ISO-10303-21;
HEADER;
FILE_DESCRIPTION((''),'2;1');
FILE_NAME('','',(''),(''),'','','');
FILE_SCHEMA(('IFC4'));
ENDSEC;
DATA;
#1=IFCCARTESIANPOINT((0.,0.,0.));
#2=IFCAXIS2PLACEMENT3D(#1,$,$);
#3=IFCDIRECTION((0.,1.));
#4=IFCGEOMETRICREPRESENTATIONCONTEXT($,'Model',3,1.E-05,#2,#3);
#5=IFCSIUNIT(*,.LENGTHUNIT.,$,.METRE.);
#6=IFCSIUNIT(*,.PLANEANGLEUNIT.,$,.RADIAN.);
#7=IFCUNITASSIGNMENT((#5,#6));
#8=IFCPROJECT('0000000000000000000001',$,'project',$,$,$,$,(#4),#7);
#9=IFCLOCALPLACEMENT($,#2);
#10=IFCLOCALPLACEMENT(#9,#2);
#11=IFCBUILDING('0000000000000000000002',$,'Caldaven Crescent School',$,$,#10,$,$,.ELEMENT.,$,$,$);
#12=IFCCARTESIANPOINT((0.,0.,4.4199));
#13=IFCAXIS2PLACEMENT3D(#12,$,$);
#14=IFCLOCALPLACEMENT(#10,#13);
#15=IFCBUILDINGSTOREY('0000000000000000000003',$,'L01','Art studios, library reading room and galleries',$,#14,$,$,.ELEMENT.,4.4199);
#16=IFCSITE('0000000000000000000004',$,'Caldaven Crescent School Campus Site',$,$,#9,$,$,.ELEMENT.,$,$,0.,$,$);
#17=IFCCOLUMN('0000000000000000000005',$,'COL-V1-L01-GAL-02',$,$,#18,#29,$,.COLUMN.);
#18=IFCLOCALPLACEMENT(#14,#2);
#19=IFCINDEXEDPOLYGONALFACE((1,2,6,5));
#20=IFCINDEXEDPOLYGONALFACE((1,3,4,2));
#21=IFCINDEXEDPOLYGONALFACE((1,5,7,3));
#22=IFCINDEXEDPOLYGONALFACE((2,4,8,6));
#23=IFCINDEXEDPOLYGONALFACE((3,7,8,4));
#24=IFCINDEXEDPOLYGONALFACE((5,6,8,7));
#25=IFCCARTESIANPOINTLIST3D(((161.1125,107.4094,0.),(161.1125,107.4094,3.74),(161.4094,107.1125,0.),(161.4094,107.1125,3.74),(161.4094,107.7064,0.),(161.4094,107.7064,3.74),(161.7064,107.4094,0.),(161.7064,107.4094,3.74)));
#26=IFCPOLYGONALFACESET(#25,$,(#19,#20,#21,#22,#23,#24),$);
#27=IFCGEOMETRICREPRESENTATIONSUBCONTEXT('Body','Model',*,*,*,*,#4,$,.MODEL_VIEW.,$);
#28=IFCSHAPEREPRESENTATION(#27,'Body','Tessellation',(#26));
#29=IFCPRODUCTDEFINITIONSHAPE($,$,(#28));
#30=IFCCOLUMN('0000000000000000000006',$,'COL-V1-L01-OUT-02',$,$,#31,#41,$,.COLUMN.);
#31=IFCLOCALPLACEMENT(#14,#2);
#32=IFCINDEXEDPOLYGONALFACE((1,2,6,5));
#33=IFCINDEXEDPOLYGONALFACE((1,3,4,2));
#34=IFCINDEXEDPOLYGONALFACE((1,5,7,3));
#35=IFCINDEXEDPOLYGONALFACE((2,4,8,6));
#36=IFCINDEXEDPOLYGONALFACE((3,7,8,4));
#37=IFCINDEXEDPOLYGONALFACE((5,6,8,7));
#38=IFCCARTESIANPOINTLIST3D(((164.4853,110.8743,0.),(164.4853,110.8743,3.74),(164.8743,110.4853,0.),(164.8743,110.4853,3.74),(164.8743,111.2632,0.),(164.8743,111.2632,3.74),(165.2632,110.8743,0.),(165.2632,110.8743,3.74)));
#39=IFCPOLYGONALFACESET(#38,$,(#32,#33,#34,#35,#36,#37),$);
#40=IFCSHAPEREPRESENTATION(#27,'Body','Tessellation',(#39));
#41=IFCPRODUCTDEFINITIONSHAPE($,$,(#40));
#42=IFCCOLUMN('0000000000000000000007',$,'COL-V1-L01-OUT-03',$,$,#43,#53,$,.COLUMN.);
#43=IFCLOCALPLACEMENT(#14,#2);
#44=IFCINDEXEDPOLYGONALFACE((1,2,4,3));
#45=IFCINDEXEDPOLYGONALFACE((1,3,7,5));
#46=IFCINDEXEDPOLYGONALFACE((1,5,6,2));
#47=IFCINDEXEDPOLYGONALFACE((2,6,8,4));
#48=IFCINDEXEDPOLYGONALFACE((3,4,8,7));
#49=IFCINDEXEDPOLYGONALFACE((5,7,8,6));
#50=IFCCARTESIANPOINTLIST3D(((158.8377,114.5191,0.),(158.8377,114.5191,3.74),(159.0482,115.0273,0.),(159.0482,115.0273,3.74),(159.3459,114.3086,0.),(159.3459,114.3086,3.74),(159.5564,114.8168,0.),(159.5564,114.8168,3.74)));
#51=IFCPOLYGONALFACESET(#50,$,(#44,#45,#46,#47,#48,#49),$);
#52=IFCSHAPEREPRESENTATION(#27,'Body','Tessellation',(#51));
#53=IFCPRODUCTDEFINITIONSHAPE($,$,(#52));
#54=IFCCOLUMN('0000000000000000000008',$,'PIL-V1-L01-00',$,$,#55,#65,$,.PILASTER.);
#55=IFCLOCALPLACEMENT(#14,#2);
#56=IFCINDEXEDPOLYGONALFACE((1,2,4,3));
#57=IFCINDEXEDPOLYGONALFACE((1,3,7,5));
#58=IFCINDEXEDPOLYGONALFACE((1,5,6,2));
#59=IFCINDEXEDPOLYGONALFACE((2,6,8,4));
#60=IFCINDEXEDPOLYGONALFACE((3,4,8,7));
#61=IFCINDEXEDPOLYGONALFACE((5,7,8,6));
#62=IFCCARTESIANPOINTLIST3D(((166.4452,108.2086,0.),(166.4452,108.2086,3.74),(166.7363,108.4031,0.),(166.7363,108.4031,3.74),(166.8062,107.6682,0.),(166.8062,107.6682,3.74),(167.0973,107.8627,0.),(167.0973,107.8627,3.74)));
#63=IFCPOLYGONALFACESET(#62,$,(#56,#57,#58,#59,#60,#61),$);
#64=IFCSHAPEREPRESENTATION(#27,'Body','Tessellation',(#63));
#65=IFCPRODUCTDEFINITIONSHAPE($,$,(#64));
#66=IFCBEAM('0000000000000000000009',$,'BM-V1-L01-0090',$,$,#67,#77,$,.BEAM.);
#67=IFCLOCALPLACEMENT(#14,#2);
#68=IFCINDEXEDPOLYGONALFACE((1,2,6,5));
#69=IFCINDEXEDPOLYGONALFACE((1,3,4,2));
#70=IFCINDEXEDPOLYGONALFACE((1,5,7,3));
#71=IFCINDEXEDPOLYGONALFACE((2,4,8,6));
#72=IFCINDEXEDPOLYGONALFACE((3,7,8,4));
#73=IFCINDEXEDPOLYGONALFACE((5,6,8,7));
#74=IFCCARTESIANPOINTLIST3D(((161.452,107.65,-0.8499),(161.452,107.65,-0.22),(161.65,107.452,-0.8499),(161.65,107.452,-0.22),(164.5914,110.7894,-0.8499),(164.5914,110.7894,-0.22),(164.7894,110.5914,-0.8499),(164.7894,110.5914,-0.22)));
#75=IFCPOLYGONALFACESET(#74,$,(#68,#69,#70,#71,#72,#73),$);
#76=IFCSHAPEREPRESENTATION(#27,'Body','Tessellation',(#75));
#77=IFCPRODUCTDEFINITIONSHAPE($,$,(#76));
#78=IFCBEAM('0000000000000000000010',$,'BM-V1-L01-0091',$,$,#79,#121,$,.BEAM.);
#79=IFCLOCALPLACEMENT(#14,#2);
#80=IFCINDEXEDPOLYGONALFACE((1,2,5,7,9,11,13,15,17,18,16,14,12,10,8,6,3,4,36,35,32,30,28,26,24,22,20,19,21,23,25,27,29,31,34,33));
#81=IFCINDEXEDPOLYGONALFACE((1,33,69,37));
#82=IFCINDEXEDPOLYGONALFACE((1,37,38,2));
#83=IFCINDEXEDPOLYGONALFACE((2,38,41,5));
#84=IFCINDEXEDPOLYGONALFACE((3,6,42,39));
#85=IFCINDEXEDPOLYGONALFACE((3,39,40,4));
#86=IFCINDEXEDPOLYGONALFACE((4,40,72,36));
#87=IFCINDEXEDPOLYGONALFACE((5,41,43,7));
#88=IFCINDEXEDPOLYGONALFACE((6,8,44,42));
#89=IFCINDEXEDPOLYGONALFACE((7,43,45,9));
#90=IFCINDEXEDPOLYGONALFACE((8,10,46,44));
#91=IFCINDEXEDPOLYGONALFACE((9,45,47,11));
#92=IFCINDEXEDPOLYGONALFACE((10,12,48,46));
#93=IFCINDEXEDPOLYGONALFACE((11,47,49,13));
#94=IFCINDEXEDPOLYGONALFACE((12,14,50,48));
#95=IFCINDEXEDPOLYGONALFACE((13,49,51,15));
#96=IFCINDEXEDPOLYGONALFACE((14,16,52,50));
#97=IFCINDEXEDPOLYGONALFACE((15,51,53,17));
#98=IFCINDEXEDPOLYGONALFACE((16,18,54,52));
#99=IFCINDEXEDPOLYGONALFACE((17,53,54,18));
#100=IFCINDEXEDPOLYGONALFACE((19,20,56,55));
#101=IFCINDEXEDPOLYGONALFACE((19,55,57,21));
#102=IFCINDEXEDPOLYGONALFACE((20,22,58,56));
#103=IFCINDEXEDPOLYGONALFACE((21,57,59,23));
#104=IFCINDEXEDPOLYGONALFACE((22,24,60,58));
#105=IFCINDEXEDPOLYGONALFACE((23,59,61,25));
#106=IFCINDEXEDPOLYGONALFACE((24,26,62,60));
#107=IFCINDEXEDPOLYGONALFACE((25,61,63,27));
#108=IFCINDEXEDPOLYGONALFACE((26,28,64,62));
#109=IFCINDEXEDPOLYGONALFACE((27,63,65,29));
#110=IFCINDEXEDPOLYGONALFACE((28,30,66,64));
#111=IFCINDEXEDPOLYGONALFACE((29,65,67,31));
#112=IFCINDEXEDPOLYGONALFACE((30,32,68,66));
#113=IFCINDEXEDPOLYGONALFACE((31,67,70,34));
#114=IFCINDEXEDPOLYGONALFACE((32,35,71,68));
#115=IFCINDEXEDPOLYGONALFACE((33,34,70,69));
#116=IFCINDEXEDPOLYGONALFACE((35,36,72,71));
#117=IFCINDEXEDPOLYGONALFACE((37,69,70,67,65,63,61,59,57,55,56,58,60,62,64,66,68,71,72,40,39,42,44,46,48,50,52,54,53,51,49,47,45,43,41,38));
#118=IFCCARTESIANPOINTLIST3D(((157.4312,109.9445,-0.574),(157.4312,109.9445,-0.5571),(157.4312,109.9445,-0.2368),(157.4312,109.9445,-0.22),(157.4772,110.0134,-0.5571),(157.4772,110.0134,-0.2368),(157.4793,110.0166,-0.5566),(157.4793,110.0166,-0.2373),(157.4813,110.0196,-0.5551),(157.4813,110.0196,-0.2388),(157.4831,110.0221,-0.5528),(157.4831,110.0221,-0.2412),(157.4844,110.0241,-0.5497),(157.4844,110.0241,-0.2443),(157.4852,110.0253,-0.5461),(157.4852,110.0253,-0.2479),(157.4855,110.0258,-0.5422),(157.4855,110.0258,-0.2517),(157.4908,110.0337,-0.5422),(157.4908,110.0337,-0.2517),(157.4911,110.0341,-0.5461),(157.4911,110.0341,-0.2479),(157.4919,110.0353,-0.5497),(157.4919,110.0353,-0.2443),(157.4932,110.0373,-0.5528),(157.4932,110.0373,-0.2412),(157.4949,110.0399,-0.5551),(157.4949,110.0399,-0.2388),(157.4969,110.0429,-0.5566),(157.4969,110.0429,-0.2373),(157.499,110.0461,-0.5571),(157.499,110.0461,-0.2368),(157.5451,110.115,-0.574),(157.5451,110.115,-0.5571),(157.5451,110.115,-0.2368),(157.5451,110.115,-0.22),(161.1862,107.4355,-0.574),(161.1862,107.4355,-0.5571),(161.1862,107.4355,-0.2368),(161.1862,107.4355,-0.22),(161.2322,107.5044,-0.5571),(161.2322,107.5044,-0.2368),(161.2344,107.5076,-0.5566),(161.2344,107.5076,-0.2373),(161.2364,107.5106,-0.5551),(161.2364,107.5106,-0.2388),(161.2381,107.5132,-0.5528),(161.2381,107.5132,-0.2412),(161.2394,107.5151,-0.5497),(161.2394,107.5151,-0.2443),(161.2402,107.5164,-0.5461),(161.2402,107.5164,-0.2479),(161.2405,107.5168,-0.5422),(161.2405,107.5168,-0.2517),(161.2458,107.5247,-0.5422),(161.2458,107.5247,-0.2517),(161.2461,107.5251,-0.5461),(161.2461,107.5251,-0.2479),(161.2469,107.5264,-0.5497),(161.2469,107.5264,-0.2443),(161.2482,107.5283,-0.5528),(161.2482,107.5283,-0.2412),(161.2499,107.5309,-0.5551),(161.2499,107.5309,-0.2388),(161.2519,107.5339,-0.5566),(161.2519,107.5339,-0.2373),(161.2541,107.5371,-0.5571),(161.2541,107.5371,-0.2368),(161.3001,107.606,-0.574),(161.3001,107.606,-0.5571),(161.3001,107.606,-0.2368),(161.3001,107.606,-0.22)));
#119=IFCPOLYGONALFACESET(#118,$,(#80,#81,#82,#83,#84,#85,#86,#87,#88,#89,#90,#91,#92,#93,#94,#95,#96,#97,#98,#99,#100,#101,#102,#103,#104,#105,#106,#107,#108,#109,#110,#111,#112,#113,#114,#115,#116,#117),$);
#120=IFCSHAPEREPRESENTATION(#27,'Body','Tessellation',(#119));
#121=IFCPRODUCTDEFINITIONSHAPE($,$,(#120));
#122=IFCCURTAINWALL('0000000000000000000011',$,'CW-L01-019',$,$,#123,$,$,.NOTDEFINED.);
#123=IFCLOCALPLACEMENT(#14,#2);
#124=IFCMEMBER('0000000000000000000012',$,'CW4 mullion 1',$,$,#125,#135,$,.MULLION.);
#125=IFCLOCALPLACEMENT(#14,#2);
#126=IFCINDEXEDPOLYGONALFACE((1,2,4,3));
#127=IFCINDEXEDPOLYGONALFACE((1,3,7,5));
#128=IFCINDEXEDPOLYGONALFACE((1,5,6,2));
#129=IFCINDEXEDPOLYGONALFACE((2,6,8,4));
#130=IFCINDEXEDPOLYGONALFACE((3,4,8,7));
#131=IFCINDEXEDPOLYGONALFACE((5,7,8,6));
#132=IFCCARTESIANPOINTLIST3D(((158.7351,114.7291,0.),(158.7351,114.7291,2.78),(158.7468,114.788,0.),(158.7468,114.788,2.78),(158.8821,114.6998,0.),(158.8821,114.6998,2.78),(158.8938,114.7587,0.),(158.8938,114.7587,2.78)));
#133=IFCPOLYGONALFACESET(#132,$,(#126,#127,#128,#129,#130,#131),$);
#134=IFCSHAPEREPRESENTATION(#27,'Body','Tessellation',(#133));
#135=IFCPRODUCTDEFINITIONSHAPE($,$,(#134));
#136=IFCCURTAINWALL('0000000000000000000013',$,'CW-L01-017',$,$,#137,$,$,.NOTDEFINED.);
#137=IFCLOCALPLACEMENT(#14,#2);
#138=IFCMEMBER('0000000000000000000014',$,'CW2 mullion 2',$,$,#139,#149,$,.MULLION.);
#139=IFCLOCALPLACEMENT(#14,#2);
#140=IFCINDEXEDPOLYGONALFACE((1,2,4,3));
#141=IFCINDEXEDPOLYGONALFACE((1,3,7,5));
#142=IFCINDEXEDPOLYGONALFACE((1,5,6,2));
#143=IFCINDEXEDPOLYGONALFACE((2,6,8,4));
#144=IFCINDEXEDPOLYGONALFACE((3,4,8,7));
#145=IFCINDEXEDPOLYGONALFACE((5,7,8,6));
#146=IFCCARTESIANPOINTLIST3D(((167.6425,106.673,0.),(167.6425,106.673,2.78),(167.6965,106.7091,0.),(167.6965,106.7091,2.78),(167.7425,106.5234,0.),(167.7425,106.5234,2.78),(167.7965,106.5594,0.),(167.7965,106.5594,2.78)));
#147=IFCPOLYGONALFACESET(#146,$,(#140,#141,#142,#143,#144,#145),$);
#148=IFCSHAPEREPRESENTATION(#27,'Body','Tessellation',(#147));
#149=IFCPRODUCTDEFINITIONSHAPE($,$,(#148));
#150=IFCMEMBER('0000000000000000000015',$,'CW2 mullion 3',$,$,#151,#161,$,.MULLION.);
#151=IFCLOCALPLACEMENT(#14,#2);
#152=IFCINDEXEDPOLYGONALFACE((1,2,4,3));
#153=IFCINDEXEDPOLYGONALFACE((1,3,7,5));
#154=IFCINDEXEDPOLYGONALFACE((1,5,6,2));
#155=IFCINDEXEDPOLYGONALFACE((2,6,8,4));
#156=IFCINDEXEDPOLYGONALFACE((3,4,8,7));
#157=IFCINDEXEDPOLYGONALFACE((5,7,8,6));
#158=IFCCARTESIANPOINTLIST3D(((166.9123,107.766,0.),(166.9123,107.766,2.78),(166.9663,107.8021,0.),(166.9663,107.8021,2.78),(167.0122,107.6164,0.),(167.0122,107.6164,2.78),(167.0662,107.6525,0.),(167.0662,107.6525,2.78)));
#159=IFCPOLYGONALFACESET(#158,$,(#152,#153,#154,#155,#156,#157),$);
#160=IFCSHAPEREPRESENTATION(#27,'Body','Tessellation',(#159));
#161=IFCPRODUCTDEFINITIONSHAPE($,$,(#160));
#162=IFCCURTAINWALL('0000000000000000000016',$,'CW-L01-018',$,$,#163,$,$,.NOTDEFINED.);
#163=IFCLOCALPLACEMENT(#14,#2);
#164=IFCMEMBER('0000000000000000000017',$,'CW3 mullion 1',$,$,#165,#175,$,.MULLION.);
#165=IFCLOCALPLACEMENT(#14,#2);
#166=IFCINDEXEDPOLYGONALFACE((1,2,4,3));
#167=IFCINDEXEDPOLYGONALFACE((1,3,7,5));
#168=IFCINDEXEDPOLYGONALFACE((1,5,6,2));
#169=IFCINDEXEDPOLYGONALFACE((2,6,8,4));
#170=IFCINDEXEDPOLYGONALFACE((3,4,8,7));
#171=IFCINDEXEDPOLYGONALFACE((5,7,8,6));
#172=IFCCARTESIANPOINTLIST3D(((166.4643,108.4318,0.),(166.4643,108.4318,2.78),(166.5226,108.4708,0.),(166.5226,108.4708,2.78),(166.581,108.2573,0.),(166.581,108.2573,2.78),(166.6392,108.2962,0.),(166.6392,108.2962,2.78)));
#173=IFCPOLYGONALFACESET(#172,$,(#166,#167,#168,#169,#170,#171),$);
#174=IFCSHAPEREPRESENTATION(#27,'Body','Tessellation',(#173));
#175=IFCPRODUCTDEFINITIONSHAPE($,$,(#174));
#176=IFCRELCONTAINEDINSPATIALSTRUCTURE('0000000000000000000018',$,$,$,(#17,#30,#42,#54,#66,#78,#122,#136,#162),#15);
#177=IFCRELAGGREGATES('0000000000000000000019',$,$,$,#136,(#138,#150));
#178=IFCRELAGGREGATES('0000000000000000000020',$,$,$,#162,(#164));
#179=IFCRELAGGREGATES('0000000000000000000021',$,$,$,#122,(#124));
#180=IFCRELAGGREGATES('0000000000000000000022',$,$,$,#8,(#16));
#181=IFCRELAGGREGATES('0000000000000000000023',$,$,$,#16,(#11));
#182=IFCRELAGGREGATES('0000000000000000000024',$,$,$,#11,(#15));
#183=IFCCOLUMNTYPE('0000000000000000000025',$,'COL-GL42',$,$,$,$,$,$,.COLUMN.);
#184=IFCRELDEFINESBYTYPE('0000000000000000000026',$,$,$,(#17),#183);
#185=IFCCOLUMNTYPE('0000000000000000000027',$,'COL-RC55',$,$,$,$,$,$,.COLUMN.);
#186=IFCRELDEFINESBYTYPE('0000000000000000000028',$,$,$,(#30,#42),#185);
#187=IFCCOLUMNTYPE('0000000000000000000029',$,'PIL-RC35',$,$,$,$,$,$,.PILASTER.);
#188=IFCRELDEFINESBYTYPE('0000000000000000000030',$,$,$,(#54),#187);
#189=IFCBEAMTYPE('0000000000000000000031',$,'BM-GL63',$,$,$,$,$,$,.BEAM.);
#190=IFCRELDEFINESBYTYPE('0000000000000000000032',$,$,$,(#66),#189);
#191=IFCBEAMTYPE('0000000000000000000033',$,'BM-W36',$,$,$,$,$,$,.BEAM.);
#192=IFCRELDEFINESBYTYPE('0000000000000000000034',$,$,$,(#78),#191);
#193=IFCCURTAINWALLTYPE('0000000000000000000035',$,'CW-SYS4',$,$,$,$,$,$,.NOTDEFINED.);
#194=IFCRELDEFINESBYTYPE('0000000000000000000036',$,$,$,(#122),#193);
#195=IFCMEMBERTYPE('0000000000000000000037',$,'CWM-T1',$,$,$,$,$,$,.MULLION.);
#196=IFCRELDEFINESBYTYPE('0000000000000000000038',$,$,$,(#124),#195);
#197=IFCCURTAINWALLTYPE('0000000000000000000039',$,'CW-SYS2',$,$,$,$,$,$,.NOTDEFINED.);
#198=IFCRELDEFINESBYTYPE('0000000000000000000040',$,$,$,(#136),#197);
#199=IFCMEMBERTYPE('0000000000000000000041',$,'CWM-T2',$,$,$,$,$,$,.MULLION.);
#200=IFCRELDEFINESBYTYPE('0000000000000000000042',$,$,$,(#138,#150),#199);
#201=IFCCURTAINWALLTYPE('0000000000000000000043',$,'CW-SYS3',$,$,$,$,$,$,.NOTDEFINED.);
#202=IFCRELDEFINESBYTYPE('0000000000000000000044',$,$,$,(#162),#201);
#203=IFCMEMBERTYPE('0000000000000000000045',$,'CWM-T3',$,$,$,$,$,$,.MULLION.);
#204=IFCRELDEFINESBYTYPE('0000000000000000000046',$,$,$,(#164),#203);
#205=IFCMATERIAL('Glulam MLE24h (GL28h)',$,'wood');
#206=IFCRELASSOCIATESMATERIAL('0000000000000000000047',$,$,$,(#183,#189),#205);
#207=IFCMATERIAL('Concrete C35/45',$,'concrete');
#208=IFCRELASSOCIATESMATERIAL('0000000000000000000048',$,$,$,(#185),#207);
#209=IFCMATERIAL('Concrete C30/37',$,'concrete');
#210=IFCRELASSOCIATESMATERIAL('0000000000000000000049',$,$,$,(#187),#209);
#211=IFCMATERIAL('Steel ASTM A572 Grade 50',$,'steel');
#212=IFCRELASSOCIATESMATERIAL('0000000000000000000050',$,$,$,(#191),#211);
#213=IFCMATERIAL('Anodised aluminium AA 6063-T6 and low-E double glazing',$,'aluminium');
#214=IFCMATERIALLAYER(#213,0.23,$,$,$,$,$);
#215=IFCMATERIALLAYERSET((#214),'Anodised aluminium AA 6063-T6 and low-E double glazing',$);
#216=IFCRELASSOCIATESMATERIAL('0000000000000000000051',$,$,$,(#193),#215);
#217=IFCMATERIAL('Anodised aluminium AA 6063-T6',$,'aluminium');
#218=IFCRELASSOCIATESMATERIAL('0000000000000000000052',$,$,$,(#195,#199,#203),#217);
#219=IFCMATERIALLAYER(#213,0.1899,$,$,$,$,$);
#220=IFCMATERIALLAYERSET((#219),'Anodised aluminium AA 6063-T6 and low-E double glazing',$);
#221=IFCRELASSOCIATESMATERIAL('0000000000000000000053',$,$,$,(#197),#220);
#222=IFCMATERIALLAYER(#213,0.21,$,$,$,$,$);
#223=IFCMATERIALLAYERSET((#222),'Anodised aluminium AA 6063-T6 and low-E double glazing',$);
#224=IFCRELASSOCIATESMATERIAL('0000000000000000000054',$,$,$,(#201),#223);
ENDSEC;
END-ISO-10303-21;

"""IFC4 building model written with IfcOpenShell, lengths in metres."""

from ifc_helpers import new_model, si_unit, direction, frame, origin, origin_2d, place, context, subcontext, project, spatial, rectangle, i_section, extrude, material, layer, layer_set, material_profile, profile_set, type_object, element, aggregate, save


model = new_model("IFC4")

# Units and contexts
model_context = context("Model", 3, precision=1e-05, world=origin(), true_north=direction((0.0, 1.0)))
body_context = subcontext(model_context, "Body", "Model", "MODEL_VIEW")
ifc_project = project(units=[si_unit("LENGTHUNIT", "METRE"), si_unit("PLANEANGLEUNIT", "RADIAN")], contexts=[model_context])

# Site, building, storey
site_placement = place(None, origin())
site = spatial("IfcSite", under=ifc_project, at=site_placement, Name="Caldaven Crescent School Campus Site", CompositionType="ELEMENT", RefElevation=0.0)
building_placement = place(site_placement, origin())
building = spatial("IfcBuilding", under=site, at=building_placement, Name="Caldaven Crescent School", CompositionType="ELEMENT")
storey_placement = place(building_placement, frame((0.0, 0.0, 4.4199)))
storey = spatial("IfcBuildingStorey", under=building, at=storey_placement, Name="L01", Description="Art studios, library reading room and galleries", CompositionType="ELEMENT", Elevation=4.4199)

# Columns
ifc_material_1 = material(Name="Glulam MLE24h (GL28h)", Category="wood")
ifc_material_profile_1 = material_profile(ifc_material_1, rectangle(XDim=0.4199, YDim=0.4199, at=origin_2d()), Name="MLE 420x420")
ifc_profile_set_1 = profile_set([ifc_material_profile_1], Name="Glulam MLE24h (GL28h)")
column_type_1 = type_object("IfcColumnType", Name="COL-GL42", PredefinedType="COLUMN", material=ifc_profile_set_1)
column_1_placement = place(storey_placement, frame((161.4094, 107.4094, 0.0), z_axis=(0.0, 0.0, 1.0), x_axis=(0.707107, 0.707107, 0.0)))
element("IfcColumn", 1, at=column_1_placement, inside=storey, type_object=column_type_1, Name="COL-V1-L01-GAL-02", PredefinedType="COLUMN", context=body_context, shape_type="SweptSolid", body=[
    extrude(rectangle(XDim=0.4199, YDim=0.4199, at=origin_2d()), origin(), (0.0, 0.0, 1.0), 3.74),
])
ifc_material_2 = material(Name="Concrete C35/45", Category="concrete")
ifc_material_profile_2 = material_profile(ifc_material_2, rectangle(XDim=0.55, YDim=0.55, at=origin_2d()), Name="RC 550x550")
ifc_profile_set_2 = profile_set([ifc_material_profile_2], Name="Concrete C35/45")
column_type_2 = type_object("IfcColumnType", Name="COL-RC55", PredefinedType="COLUMN", material=ifc_profile_set_2)
for number, where, z_axis, x_axis, name in (
    (2, (164.8743, 110.8743, 0.0), (0.0, 0.0, 1.0), (0.707107, 0.707107, 0.0), "COL-V1-L01-OUT-02"),
    (3, (159.197, 114.668, 0.0), (0.0, 0.0, 1.0), (0.382683, 0.92388, 0.0), "COL-V1-L01-OUT-03"),
):
    element("IfcColumn", number, at=place(storey_placement, frame(where, z_axis=z_axis, x_axis=x_axis)), inside=storey, type_object=column_type_2, Name=name, PredefinedType="COLUMN", context=body_context, shape_type="SweptSolid", body=[
        extrude(rectangle(XDim=0.55, YDim=0.55, at=origin_2d()), origin(), (0.0, 0.0, 1.0), 3.74),
    ])
ifc_material_3 = material(Name="Concrete C30/37", Category="concrete")
ifc_material_profile_3 = material_profile(ifc_material_3, rectangle(XDim=0.3501, YDim=0.6499, at=origin_2d()), Name="RC 350x650")
ifc_profile_set_3 = profile_set([ifc_material_profile_3], Name="Concrete C30/37")
column_type_3 = type_object("IfcColumnType", Name="PIL-RC35", PredefinedType="PILASTER", material=ifc_profile_set_3)
column_2_placement = place(storey_placement, frame((166.7712, 108.0356, 0.0), z_axis=(0.0, 0.0, 1.0), x_axis=(0.83147, 0.55557, 0.0)))
element("IfcColumn", 4, at=column_2_placement, inside=storey, type_object=column_type_3, Name="PIL-V1-L01-00", PredefinedType="PILASTER", context=body_context, shape_type="SweptSolid", body=[
    extrude(rectangle(XDim=0.3501, YDim=0.6499, at=origin_2d()), origin(), (0.0, 0.0, 1.0), 3.74),
])

# Beams
ifc_material_profile_4 = material_profile(ifc_material_1, rectangle(XDim=0.28, YDim=0.6299, at=origin_2d()), Name="MLE 280x630")
ifc_profile_set_4 = profile_set([ifc_material_profile_4], Name="Glulam MLE24h (GL28h)")
beam_type_1 = type_object("IfcBeamType", Name="BM-GL63", PredefinedType="BEAM", material=ifc_profile_set_4)
beam_1_placement = place(storey_placement, frame((161.551, 107.551, -0.5349), z_axis=(0.707107, 0.707107, 0.0), x_axis=(-0.707107, 0.707107, 0.0)))
element("IfcBeam", 5, at=beam_1_placement, inside=storey, type_object=beam_type_1, Name="BM-V1-L01-0090", PredefinedType="BEAM", context=body_context, shape_type="SweptSolid", body=[
    extrude(rectangle(XDim=0.28, YDim=0.6299, at=origin_2d()), origin(), (0.0, 0.0, 1.0), 4.4397),
])
ifc_material_4 = material(Name="Steel ASTM A572 Grade 50", Category="steel")
ifc_material_profile_5 = material_profile(ifc_material_4, i_section(OverallWidth=0.2051, OverallDepth=0.354, WebThickness=0.0095, FlangeThickness=0.0168, FilletRadius=0.0149, at=origin_2d()), Name="W360x79")
ifc_profile_set_5 = profile_set([ifc_material_profile_5], Name="Steel ASTM A572 Grade 50")
beam_type_2 = type_object("IfcBeamType", Name="BM-W36", PredefinedType="BEAM", material=ifc_profile_set_5)
beam_2_placement = place(storey_placement, frame((161.2432, 107.5208, -0.397), z_axis=(-0.831476, 0.555561, 0.0), x_axis=(-0.555561, -0.831476, 0.0)))
element("IfcBeam", 6, at=beam_2_placement, inside=storey, type_object=beam_type_2, Name="BM-V1-L01-0091", PredefinedType="BEAM", context=body_context, shape_type="SweptSolid", body=[
    extrude(i_section(OverallWidth=0.2051, OverallDepth=0.354, WebThickness=0.0095, FlangeThickness=0.0168, FilletRadius=0.0149, at=origin_2d()), origin(), (0.0, 0.0, 1.0), 4.5161),
])

# Curtain wall, member
ifc_material_5 = material(Name="Anodised aluminium AA 6063-T6 and low-E double glazing", Category="aluminium")
ifc_layer_1 = layer(ifc_material_5, 0.23)
ifc_layer_set_1 = layer_set([ifc_layer_1], Name="Anodised aluminium AA 6063-T6 and low-E double glazing")
curtain_wall_type_1 = type_object("IfcCurtainWallType", Name="CW-SYS4", PredefinedType="NOTDEFINED", material=ifc_layer_set_1)
curtain_wall_1_placement = place(storey_placement, origin())
curtain_wall_1 = element("IfcCurtainWall", 7, at=curtain_wall_1_placement, inside=storey, type_object=curtain_wall_type_1, Name="CW-L01-019", PredefinedType="NOTDEFINED")
ifc_material_6 = material(Name="Anodised aluminium AA 6063-T6", Category="aluminium")
ifc_material_profile_6 = material_profile(ifc_material_6, rectangle(XDim=0.0601, YDim=0.1499, at=origin_2d()), Name="CWM 60x150")
ifc_profile_set_6 = profile_set([ifc_material_profile_6], Name="Anodised aluminium AA 6063-T6")
member_type_1 = type_object("IfcMemberType", Name="CWM-T1", PredefinedType="MULLION", material=ifc_profile_set_6)
member_1_placement = place(storey_placement, frame((158.8145, 114.7439, 0.0), z_axis=(0.0, 0.0, 1.0), x_axis=(-0.19509, -0.980785, 0.0)))
member_1 = element("IfcMember", 8, at=member_1_placement, type_object=member_type_1, Name="CW4 mullion 1", PredefinedType="MULLION", context=body_context, shape_type="SweptSolid", body=[
    extrude(rectangle(XDim=0.0601, YDim=0.1499, at=origin_2d()), origin(), (0.0, 0.0, 1.0), 2.78),
])

# Curtain walls, members
ifc_layer_2 = layer(ifc_material_5, 0.1899)
ifc_layer_set_2 = layer_set([ifc_layer_2], Name="Anodised aluminium AA 6063-T6 and low-E double glazing")
curtain_wall_type_2 = type_object("IfcCurtainWallType", Name="CW-SYS2", PredefinedType="NOTDEFINED", material=ifc_layer_set_2)
curtain_wall_2_placement = place(storey_placement, origin())
curtain_wall_2 = element("IfcCurtainWall", 9, at=curtain_wall_2_placement, inside=storey, type_object=curtain_wall_type_2, Name="CW-L01-017", PredefinedType="NOTDEFINED")
ifc_material_profile_7 = material_profile(ifc_material_6, rectangle(XDim=0.0649, YDim=0.1799, at=origin_2d()), Name="CWM 65x180")
ifc_profile_set_7 = profile_set([ifc_material_profile_7], Name="Anodised aluminium AA 6063-T6")
member_type_2 = type_object("IfcMemberType", Name="CWM-T2", PredefinedType="MULLION", material=ifc_profile_set_7)
member_2_placement = place(storey_placement, frame((167.7195, 106.6162, 0.0), z_axis=(0.0, 0.0, 1.0), x_axis=(-0.83147, -0.555569, 0.0)))
member_2 = element("IfcMember", 10, at=member_2_placement, type_object=member_type_2, Name="CW2 mullion 2", PredefinedType="MULLION", context=body_context, shape_type="SweptSolid", body=[
    extrude(rectangle(XDim=0.0649, YDim=0.1799, at=origin_2d()), origin(), (0.0, 0.0, 1.0), 2.78),
])
member_3_placement = place(storey_placement, frame((166.9893, 107.7092, 0.0), z_axis=(0.0, 0.0, 1.0), x_axis=(-0.83147, -0.555569, 0.0)))
member_3 = element("IfcMember", 11, at=member_3_placement, type_object=member_type_2, Name="CW2 mullion 3", PredefinedType="MULLION", context=body_context, shape_type="SweptSolid", body=[
    extrude(rectangle(XDim=0.0649, YDim=0.1799, at=origin_2d()), origin(), (0.0, 0.0, 1.0), 2.78),
])
ifc_layer_3 = layer(ifc_material_5, 0.21)
ifc_layer_set_3 = layer_set([ifc_layer_3], Name="Anodised aluminium AA 6063-T6 and low-E double glazing")
curtain_wall_type_3 = type_object("IfcCurtainWallType", Name="CW-SYS3", PredefinedType="NOTDEFINED", material=ifc_layer_set_3)
curtain_wall_3_placement = place(storey_placement, origin())
curtain_wall_3 = element("IfcCurtainWall", 12, at=curtain_wall_3_placement, inside=storey, type_object=curtain_wall_type_3, Name="CW-L01-018", PredefinedType="NOTDEFINED")
ifc_material_profile_8 = material_profile(ifc_material_6, rectangle(XDim=0.0701, YDim=0.21, at=origin_2d()), Name="CWM 70x210")
ifc_profile_set_8 = profile_set([ifc_material_profile_8], Name="Anodised aluminium AA 6063-T6")
member_type_3 = type_object("IfcMemberType", Name="CWM-T3", PredefinedType="MULLION", material=ifc_profile_set_8)
member_4_placement = place(storey_placement, frame((166.5518, 108.364, 0.0), z_axis=(0.0, 0.0, 1.0), x_axis=(-0.831469, -0.555572, 0.0)))
member_4 = element("IfcMember", 13, at=member_4_placement, type_object=member_type_3, Name="CW3 mullion 1", PredefinedType="MULLION", context=body_context, shape_type="SweptSolid", body=[
    extrude(rectangle(XDim=0.0701, YDim=0.21, at=origin_2d()), origin(), (0.0, 0.0, 1.0), 2.78),
])

aggregate(curtain_wall_2, [member_2, member_3])
aggregate(curtain_wall_3, [member_4])
aggregate(curtain_wall_1, [member_1])

save(model, "model.ifc")
